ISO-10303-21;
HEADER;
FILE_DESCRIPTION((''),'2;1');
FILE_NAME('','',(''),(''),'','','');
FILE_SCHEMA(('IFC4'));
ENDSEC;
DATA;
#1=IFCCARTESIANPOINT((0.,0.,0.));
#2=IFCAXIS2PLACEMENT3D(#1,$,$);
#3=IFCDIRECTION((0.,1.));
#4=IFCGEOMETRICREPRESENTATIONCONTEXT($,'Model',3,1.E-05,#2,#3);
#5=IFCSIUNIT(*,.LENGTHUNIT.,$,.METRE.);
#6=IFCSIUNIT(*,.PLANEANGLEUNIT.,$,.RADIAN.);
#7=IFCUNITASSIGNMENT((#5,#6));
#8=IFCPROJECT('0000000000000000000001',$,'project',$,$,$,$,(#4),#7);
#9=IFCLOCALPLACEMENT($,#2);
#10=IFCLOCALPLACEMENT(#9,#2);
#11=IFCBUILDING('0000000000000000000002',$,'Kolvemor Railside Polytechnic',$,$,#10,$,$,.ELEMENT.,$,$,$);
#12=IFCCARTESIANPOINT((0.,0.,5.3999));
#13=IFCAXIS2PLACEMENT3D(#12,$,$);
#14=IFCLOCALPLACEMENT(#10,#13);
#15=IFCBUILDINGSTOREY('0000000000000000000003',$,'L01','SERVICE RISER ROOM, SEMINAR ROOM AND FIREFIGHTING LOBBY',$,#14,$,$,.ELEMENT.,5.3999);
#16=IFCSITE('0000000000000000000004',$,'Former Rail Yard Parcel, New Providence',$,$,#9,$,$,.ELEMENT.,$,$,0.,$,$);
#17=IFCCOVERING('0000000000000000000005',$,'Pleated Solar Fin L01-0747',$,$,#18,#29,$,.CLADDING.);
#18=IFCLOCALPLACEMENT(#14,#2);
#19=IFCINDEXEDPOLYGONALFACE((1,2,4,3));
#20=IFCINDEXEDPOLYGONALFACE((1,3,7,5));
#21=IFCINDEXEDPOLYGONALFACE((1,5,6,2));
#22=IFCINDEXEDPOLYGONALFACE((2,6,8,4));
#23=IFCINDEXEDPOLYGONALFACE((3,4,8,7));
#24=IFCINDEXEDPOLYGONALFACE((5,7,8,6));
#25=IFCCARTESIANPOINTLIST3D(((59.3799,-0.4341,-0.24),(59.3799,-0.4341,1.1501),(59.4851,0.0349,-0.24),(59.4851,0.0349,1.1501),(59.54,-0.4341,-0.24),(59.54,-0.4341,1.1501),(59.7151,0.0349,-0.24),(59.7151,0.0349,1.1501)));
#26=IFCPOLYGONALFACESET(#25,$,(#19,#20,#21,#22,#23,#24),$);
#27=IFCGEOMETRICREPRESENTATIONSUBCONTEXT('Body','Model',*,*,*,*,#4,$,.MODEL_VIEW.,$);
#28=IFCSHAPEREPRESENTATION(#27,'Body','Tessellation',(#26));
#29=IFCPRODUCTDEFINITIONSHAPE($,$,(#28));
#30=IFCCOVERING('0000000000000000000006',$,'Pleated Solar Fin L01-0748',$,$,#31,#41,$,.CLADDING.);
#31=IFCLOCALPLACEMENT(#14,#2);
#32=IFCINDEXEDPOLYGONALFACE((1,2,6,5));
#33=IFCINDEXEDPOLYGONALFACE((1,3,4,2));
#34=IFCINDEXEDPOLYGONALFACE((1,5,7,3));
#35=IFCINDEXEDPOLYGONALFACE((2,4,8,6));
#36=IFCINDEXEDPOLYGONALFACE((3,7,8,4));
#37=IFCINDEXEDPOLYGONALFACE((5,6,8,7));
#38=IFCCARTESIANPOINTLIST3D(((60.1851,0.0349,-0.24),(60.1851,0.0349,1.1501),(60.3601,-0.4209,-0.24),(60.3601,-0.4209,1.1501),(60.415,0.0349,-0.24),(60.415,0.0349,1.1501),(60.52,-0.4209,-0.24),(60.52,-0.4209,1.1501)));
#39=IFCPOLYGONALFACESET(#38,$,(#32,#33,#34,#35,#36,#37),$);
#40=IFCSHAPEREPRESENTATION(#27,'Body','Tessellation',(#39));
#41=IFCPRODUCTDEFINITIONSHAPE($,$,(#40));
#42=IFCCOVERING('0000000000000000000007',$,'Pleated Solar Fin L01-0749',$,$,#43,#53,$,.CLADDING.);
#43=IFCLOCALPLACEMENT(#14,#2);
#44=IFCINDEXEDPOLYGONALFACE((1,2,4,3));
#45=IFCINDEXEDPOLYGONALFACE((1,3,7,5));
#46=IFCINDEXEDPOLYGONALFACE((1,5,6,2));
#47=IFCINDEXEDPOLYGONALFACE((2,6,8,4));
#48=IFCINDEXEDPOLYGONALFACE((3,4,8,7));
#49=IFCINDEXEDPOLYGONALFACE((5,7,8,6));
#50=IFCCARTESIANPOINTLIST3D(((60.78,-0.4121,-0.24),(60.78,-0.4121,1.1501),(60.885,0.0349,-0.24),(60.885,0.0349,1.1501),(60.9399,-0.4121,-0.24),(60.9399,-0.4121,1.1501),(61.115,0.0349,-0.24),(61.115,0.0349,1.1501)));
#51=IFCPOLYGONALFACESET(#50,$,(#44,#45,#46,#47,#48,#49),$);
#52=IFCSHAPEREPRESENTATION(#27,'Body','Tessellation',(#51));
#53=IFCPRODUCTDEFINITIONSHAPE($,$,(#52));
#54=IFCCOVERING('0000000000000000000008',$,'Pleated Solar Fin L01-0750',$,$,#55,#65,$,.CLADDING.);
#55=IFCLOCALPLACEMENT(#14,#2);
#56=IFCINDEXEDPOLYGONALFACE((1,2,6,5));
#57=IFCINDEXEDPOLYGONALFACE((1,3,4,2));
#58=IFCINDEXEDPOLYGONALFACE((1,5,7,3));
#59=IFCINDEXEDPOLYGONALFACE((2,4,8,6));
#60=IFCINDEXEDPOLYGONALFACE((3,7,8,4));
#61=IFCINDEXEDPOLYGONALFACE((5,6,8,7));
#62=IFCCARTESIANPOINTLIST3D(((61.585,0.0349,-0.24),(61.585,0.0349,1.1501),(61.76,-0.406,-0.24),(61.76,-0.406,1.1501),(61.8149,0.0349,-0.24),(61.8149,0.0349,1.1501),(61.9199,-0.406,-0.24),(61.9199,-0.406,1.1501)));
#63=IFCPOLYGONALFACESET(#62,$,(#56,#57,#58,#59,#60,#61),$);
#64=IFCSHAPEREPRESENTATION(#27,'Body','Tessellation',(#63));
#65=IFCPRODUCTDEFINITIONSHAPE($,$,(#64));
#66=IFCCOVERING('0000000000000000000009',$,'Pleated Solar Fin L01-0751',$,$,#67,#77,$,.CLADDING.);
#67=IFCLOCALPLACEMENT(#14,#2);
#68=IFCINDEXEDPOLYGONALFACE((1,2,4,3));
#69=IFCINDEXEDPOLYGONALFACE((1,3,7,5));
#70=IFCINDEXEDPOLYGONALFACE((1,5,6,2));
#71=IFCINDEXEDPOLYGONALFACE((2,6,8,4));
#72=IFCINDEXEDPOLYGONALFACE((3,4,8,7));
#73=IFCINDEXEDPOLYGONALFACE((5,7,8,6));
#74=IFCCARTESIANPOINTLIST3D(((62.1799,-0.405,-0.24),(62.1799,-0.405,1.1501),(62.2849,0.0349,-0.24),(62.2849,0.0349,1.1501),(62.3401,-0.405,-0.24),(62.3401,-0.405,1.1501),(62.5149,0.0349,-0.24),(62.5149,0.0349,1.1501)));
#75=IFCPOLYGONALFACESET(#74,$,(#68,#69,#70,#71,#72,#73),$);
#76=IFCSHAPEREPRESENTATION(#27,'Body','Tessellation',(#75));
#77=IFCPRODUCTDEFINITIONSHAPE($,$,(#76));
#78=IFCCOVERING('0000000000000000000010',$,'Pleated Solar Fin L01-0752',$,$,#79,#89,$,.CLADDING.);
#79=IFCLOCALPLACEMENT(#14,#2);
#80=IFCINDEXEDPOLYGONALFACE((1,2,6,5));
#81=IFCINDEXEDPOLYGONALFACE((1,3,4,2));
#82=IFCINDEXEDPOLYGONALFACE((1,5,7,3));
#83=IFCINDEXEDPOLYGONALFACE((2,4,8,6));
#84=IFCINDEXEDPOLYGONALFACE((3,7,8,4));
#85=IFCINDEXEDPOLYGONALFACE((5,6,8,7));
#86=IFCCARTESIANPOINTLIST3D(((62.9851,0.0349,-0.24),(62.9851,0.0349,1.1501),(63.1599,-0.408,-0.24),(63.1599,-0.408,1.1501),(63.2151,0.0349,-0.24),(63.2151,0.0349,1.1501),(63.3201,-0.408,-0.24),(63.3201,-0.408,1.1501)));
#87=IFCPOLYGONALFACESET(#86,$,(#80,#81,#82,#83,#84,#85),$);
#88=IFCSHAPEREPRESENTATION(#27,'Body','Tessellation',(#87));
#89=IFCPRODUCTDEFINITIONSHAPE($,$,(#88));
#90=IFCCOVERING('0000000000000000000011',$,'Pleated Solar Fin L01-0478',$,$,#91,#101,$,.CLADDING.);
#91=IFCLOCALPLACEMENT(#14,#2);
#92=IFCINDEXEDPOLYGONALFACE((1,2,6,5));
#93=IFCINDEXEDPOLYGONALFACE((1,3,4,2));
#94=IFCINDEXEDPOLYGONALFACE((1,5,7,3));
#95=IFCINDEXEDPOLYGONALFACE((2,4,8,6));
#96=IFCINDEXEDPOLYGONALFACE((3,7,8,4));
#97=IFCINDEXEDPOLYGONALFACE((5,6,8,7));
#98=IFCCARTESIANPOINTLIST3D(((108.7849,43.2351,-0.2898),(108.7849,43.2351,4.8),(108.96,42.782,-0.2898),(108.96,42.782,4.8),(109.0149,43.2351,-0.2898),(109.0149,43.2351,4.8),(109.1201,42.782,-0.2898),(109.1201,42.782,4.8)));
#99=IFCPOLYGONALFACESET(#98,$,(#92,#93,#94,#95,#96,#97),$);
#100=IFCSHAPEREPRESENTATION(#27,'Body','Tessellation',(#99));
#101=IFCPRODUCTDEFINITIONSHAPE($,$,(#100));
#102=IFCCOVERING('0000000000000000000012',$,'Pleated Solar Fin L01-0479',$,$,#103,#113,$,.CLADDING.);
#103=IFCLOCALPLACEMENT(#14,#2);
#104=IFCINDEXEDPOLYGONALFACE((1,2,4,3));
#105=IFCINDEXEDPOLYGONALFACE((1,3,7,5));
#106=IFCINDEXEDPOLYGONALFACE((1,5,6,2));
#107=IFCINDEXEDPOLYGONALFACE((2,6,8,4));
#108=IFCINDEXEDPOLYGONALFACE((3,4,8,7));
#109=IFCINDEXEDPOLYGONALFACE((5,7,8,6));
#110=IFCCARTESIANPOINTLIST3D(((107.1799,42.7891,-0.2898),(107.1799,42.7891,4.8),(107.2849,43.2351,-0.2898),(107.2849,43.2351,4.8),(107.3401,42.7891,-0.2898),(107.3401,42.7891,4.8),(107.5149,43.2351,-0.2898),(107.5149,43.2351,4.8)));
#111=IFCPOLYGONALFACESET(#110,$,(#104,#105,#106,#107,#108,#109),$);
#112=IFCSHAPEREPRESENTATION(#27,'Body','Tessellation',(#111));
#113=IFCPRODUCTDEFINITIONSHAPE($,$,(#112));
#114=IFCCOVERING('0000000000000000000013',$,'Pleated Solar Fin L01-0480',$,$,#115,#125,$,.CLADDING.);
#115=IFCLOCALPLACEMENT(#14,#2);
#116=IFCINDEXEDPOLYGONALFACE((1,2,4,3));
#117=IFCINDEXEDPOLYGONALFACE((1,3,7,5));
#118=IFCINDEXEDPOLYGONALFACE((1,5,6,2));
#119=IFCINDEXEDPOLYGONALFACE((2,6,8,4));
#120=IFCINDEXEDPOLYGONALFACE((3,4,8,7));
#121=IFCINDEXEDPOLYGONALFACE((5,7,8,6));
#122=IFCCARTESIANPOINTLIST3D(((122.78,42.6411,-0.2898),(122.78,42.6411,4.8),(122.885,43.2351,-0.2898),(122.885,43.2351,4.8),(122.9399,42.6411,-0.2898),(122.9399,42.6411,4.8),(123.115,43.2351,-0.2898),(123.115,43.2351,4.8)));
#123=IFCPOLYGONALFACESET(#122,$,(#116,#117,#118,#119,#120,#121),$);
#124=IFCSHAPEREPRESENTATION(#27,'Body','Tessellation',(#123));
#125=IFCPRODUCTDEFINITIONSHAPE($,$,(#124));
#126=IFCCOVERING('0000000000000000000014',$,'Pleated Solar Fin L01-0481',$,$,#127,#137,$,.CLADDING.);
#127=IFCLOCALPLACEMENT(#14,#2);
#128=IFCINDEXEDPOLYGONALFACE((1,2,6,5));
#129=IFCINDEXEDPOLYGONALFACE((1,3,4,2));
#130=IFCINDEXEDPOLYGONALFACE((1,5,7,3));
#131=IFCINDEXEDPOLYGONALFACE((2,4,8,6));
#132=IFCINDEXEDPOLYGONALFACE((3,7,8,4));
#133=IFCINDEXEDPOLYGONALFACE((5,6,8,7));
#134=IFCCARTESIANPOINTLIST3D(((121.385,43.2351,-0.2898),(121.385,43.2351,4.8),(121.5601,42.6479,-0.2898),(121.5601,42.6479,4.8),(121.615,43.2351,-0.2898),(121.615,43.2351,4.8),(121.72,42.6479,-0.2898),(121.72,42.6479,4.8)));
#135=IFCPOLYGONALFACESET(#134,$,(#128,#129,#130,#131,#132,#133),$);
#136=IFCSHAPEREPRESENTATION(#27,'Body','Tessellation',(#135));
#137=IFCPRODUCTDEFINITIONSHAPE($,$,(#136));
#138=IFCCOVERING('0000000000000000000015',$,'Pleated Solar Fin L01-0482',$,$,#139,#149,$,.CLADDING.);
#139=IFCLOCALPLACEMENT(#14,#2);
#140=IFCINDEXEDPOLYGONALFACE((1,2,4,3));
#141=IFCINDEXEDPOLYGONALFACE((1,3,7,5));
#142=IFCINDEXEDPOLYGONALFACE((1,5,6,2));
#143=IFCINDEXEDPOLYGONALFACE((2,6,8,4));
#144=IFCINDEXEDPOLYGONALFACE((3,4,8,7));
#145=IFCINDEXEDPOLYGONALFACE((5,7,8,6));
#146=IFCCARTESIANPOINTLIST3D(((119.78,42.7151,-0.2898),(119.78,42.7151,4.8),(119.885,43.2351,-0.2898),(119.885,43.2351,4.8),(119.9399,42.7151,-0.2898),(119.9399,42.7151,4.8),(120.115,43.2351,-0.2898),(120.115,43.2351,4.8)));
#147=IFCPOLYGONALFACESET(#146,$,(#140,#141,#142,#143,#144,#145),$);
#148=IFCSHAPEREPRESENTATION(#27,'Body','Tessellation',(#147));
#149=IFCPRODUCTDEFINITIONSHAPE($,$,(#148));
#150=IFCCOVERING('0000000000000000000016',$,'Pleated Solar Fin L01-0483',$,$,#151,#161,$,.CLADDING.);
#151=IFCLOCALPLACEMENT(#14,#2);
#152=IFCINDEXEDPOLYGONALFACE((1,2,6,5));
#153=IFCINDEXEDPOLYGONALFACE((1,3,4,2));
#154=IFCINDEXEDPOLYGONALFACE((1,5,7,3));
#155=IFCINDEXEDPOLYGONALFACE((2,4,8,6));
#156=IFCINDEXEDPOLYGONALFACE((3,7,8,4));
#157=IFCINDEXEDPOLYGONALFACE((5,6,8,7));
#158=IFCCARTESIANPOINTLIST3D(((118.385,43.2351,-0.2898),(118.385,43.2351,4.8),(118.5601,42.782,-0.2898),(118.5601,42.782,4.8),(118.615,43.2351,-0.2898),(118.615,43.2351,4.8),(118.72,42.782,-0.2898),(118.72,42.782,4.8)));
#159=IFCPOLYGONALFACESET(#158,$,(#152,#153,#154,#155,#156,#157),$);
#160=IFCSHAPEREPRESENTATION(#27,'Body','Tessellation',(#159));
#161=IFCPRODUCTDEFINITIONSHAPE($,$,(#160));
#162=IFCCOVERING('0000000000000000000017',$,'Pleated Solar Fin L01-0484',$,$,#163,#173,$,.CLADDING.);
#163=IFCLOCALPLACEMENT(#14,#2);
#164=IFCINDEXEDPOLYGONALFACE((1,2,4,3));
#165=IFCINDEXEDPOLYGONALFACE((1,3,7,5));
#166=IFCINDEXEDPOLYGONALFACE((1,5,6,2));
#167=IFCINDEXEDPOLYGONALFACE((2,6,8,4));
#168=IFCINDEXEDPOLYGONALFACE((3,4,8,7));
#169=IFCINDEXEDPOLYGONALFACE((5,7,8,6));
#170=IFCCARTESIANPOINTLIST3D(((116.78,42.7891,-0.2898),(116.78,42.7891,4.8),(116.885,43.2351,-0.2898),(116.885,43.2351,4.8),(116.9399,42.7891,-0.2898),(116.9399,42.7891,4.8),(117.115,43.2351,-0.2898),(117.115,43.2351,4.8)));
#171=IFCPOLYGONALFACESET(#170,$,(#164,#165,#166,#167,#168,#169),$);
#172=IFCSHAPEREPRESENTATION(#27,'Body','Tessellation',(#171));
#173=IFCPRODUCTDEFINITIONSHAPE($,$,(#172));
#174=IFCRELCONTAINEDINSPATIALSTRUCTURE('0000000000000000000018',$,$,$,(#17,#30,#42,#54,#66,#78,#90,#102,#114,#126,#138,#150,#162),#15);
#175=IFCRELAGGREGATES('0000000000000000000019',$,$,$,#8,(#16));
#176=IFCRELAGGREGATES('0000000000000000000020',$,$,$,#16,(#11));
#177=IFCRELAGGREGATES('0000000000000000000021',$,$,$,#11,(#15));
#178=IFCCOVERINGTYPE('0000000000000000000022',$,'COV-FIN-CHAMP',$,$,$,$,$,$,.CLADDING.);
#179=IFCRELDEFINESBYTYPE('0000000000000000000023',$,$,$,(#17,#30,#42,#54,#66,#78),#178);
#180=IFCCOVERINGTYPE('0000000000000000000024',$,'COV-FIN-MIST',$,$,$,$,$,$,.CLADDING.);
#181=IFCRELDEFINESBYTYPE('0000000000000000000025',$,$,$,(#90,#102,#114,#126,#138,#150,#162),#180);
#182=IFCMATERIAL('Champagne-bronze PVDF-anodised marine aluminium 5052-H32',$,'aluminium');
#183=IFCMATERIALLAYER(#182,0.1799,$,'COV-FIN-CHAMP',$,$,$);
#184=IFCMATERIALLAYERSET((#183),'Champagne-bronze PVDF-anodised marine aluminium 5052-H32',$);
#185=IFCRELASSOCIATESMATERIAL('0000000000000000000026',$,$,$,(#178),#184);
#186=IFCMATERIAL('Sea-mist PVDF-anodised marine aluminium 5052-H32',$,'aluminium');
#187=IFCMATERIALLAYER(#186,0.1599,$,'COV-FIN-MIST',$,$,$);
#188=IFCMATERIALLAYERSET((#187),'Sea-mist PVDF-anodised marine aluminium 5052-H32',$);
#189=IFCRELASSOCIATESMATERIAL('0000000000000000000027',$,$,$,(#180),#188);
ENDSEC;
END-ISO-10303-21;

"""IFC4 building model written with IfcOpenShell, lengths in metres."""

from ifc_helpers import new_model, si_unit, direction, frame, origin, place, context, subcontext, project, spatial, polyline, outline, extrude, material, layer, layer_set, type_object, element, save


model = new_model("IFC4")

# Units and contexts
model_context = context("Model", 3, precision=1e-05, world=origin(), true_north=direction((0.0, 1.0)))
body_context = subcontext(model_context, "Body", "Model", "MODEL_VIEW")
ifc_project = project(units=[si_unit("LENGTHUNIT", "METRE"), si_unit("PLANEANGLEUNIT", "RADIAN")], contexts=[model_context])

# Site, building, storey
site_placement = place(None, origin())
site = spatial("IfcSite", under=ifc_project, at=site_placement, Name="Former Rail Yard Parcel, New Providence", CompositionType="ELEMENT", RefElevation=0.0)
building_placement = place(site_placement, origin())
building = spatial("IfcBuilding", under=site, at=building_placement, Name="Kolvemor Railside Polytechnic", CompositionType="ELEMENT")
storey_placement = place(building_placement, frame((0.0, 0.0, 5.3999)))
storey = spatial("IfcBuildingStorey", under=building, at=storey_placement, Name="L01", Description="SERVICE RISER ROOM, SEMINAR ROOM AND FIREFIGHTING LOBBY", CompositionType="ELEMENT", Elevation=5.3999)

# Coverings
ifc_material_1 = material(Name="Champagne-bronze PVDF-anodised marine aluminium 5052-H32", Category="aluminium")
ifc_layer_1 = layer(ifc_material_1, 0.1799, Name="COV-FIN-CHAMP")
ifc_layer_set_1 = layer_set([ifc_layer_1], Name="Champagne-bronze PVDF-anodised marine aluminium 5052-H32")
covering_type_1 = type_object("IfcCoveringType", Name="COV-FIN-CHAMP", PredefinedType="CLADDING", material=ifc_layer_set_1)
covering_1_placement = place(storey_placement, frame((0.0, 0.0, -0.24)))
element("IfcCovering", 1, at=covering_1_placement, inside=storey, type_object=covering_type_1, Name="Pleated Solar Fin L01-0747", PredefinedType="CLADDING", context=body_context, shape_type="SweptSolid", body=[
    extrude(outline(polyline([(59.4851, 0.0349), (59.7151, 0.0349), (59.54, -0.4341), (59.3799, -0.4341), (59.4851, 0.0349)])), origin(), (0.0, 0.0, 1.0), 1.3901),
])
covering_2_placement = place(storey_placement, frame((0.0, 0.0, -0.24)))
element("IfcCovering", 2, at=covering_2_placement, inside=storey, type_object=covering_type_1, Name="Pleated Solar Fin L01-0748", PredefinedType="CLADDING", context=body_context, shape_type="SweptSolid", body=[
    extrude(outline(polyline([(60.1851, 0.0349), (60.415, 0.0349), (60.52, -0.4209), (60.3601, -0.4209), (60.1851, 0.0349)])), origin(), (0.0, 0.0, 1.0), 1.3901),
])
covering_3_placement = place(storey_placement, frame((0.0, 0.0, -0.24)))
element("IfcCovering", 3, at=covering_3_placement, inside=storey, type_object=covering_type_1, Name="Pleated Solar Fin L01-0749", PredefinedType="CLADDING", context=body_context, shape_type="SweptSolid", body=[
    extrude(outline(polyline([(60.885, 0.0349), (61.115, 0.0349), (60.9399, -0.4121), (60.78, -0.4121), (60.885, 0.0349)])), origin(), (0.0, 0.0, 1.0), 1.3901),
])
covering_4_placement = place(storey_placement, frame((0.0, 0.0, -0.24)))
element("IfcCovering", 4, at=covering_4_placement, inside=storey, type_object=covering_type_1, Name="Pleated Solar Fin L01-0750", PredefinedType="CLADDING", context=body_context, shape_type="SweptSolid", body=[
    extrude(outline(polyline([(61.585, 0.0349), (61.8149, 0.0349), (61.9199, -0.406), (61.76, -0.406), (61.585, 0.0349)])), origin(), (0.0, 0.0, 1.0), 1.3901),
])
covering_5_placement = place(storey_placement, frame((0.0, 0.0, -0.24)))
element("IfcCovering", 5, at=covering_5_placement, inside=storey, type_object=covering_type_1, Name="Pleated Solar Fin L01-0751", PredefinedType="CLADDING", context=body_context, shape_type="SweptSolid", body=[
    extrude(outline(polyline([(62.2849, 0.0349), (62.5149, 0.0349), (62.3401, -0.405), (62.1799, -0.405), (62.2849, 0.0349)])), origin(), (0.0, 0.0, 1.0), 1.3901),
])
covering_6_placement = place(storey_placement, frame((0.0, 0.0, -0.24)))
element("IfcCovering", 6, at=covering_6_placement, inside=storey, type_object=covering_type_1, Name="Pleated Solar Fin L01-0752", PredefinedType="CLADDING", context=body_context, shape_type="SweptSolid", body=[
    extrude(outline(polyline([(62.9851, 0.0349), (63.2151, 0.0349), (63.3201, -0.408), (63.1599, -0.408), (62.9851, 0.0349)])), origin(), (0.0, 0.0, 1.0), 1.3901),
])
ifc_material_2 = material(Name="Sea-mist PVDF-anodised marine aluminium 5052-H32", Category="aluminium")
ifc_layer_2 = layer(ifc_material_2, 0.1599, Name="COV-FIN-MIST")
ifc_layer_set_2 = layer_set([ifc_layer_2], Name="Sea-mist PVDF-anodised marine aluminium 5052-H32")
covering_type_2 = type_object("IfcCoveringType", Name="COV-FIN-MIST", PredefinedType="CLADDING", material=ifc_layer_set_2)
covering_7_placement = place(storey_placement, frame((0.0, 0.0, -0.2898)))
element("IfcCovering", 7, at=covering_7_placement, inside=storey, type_object=covering_type_2, Name="Pleated Solar Fin L01-0478", PredefinedType="CLADDING", context=body_context, shape_type="SweptSolid", body=[
    extrude(outline(polyline([(109.0149, 43.2351), (108.7849, 43.2351), (108.96, 42.782), (109.1201, 42.782), (109.0149, 43.2351)])), origin(), (0.0, 0.0, 1.0), 5.0898),
])
covering_8_placement = place(storey_placement, frame((0.0, 0.0, -0.2898)))
element("IfcCovering", 8, at=covering_8_placement, inside=storey, type_object=covering_type_2, Name="Pleated Solar Fin L01-0479", PredefinedType="CLADDING", context=body_context, shape_type="SweptSolid", body=[
    extrude(outline(polyline([(107.5149, 43.2351), (107.2849, 43.2351), (107.1799, 42.7891), (107.3401, 42.7891), (107.5149, 43.2351)])), origin(), (0.0, 0.0, 1.0), 5.0898),
])
covering_9_placement = place(storey_placement, frame((0.0, 0.0, -0.2898)))
element("IfcCovering", 9, at=covering_9_placement, inside=storey, type_object=covering_type_2, Name="Pleated Solar Fin L01-0480", PredefinedType="CLADDING", context=body_context, shape_type="SweptSolid", body=[
    extrude(outline(polyline([(123.115, 43.2351), (122.885, 43.2351), (122.78, 42.6411), (122.9399, 42.6411), (123.115, 43.2351)])), origin(), (0.0, 0.0, 1.0), 5.0898),
])
covering_10_placement = place(storey_placement, frame((0.0, 0.0, -0.2898)))
element("IfcCovering", 10, at=covering_10_placement, inside=storey, type_object=covering_type_2, Name="Pleated Solar Fin L01-0481", PredefinedType="CLADDING", context=body_context, shape_type="SweptSolid", body=[
    extrude(outline(polyline([(121.615, 43.2351), (121.385, 43.2351), (121.5601, 42.6479), (121.72, 42.6479), (121.615, 43.2351)])), origin(), (0.0, 0.0, 1.0), 5.0898),
])
covering_11_placement = place(storey_placement, frame((0.0, 0.0, -0.2898)))
element("IfcCovering", 11, at=covering_11_placement, inside=storey, type_object=covering_type_2, Name="Pleated Solar Fin L01-0482", PredefinedType="CLADDING", context=body_context, shape_type="SweptSolid", body=[
    extrude(outline(polyline([(120.115, 43.2351), (119.885, 43.2351), (119.78, 42.7151), (119.9399, 42.7151), (120.115, 43.2351)])), origin(), (0.0, 0.0, 1.0), 5.0898),
])
covering_12_placement = place(storey_placement, frame((0.0, 0.0, -0.2898)))
element("IfcCovering", 12, at=covering_12_placement, inside=storey, type_object=covering_type_2, Name="Pleated Solar Fin L01-0483", PredefinedType="CLADDING", context=body_context, shape_type="SweptSolid", body=[
    extrude(outline(polyline([(118.615, 43.2351), (118.385, 43.2351), (118.5601, 42.782), (118.72, 42.782), (118.615, 43.2351)])), origin(), (0.0, 0.0, 1.0), 5.0898),
])
covering_13_placement = place(storey_placement, frame((0.0, 0.0, -0.2898)))
element("IfcCovering", 13, at=covering_13_placement, inside=storey, type_object=covering_type_2, Name="Pleated Solar Fin L01-0484", PredefinedType="CLADDING", context=body_context, shape_type="SweptSolid", body=[
    extrude(outline(polyline([(117.115, 43.2351), (116.885, 43.2351), (116.78, 42.7891), (116.9399, 42.7891), (117.115, 43.2351)])), origin(), (0.0, 0.0, 1.0), 5.0898),
])

save(model, "model.ifc")
